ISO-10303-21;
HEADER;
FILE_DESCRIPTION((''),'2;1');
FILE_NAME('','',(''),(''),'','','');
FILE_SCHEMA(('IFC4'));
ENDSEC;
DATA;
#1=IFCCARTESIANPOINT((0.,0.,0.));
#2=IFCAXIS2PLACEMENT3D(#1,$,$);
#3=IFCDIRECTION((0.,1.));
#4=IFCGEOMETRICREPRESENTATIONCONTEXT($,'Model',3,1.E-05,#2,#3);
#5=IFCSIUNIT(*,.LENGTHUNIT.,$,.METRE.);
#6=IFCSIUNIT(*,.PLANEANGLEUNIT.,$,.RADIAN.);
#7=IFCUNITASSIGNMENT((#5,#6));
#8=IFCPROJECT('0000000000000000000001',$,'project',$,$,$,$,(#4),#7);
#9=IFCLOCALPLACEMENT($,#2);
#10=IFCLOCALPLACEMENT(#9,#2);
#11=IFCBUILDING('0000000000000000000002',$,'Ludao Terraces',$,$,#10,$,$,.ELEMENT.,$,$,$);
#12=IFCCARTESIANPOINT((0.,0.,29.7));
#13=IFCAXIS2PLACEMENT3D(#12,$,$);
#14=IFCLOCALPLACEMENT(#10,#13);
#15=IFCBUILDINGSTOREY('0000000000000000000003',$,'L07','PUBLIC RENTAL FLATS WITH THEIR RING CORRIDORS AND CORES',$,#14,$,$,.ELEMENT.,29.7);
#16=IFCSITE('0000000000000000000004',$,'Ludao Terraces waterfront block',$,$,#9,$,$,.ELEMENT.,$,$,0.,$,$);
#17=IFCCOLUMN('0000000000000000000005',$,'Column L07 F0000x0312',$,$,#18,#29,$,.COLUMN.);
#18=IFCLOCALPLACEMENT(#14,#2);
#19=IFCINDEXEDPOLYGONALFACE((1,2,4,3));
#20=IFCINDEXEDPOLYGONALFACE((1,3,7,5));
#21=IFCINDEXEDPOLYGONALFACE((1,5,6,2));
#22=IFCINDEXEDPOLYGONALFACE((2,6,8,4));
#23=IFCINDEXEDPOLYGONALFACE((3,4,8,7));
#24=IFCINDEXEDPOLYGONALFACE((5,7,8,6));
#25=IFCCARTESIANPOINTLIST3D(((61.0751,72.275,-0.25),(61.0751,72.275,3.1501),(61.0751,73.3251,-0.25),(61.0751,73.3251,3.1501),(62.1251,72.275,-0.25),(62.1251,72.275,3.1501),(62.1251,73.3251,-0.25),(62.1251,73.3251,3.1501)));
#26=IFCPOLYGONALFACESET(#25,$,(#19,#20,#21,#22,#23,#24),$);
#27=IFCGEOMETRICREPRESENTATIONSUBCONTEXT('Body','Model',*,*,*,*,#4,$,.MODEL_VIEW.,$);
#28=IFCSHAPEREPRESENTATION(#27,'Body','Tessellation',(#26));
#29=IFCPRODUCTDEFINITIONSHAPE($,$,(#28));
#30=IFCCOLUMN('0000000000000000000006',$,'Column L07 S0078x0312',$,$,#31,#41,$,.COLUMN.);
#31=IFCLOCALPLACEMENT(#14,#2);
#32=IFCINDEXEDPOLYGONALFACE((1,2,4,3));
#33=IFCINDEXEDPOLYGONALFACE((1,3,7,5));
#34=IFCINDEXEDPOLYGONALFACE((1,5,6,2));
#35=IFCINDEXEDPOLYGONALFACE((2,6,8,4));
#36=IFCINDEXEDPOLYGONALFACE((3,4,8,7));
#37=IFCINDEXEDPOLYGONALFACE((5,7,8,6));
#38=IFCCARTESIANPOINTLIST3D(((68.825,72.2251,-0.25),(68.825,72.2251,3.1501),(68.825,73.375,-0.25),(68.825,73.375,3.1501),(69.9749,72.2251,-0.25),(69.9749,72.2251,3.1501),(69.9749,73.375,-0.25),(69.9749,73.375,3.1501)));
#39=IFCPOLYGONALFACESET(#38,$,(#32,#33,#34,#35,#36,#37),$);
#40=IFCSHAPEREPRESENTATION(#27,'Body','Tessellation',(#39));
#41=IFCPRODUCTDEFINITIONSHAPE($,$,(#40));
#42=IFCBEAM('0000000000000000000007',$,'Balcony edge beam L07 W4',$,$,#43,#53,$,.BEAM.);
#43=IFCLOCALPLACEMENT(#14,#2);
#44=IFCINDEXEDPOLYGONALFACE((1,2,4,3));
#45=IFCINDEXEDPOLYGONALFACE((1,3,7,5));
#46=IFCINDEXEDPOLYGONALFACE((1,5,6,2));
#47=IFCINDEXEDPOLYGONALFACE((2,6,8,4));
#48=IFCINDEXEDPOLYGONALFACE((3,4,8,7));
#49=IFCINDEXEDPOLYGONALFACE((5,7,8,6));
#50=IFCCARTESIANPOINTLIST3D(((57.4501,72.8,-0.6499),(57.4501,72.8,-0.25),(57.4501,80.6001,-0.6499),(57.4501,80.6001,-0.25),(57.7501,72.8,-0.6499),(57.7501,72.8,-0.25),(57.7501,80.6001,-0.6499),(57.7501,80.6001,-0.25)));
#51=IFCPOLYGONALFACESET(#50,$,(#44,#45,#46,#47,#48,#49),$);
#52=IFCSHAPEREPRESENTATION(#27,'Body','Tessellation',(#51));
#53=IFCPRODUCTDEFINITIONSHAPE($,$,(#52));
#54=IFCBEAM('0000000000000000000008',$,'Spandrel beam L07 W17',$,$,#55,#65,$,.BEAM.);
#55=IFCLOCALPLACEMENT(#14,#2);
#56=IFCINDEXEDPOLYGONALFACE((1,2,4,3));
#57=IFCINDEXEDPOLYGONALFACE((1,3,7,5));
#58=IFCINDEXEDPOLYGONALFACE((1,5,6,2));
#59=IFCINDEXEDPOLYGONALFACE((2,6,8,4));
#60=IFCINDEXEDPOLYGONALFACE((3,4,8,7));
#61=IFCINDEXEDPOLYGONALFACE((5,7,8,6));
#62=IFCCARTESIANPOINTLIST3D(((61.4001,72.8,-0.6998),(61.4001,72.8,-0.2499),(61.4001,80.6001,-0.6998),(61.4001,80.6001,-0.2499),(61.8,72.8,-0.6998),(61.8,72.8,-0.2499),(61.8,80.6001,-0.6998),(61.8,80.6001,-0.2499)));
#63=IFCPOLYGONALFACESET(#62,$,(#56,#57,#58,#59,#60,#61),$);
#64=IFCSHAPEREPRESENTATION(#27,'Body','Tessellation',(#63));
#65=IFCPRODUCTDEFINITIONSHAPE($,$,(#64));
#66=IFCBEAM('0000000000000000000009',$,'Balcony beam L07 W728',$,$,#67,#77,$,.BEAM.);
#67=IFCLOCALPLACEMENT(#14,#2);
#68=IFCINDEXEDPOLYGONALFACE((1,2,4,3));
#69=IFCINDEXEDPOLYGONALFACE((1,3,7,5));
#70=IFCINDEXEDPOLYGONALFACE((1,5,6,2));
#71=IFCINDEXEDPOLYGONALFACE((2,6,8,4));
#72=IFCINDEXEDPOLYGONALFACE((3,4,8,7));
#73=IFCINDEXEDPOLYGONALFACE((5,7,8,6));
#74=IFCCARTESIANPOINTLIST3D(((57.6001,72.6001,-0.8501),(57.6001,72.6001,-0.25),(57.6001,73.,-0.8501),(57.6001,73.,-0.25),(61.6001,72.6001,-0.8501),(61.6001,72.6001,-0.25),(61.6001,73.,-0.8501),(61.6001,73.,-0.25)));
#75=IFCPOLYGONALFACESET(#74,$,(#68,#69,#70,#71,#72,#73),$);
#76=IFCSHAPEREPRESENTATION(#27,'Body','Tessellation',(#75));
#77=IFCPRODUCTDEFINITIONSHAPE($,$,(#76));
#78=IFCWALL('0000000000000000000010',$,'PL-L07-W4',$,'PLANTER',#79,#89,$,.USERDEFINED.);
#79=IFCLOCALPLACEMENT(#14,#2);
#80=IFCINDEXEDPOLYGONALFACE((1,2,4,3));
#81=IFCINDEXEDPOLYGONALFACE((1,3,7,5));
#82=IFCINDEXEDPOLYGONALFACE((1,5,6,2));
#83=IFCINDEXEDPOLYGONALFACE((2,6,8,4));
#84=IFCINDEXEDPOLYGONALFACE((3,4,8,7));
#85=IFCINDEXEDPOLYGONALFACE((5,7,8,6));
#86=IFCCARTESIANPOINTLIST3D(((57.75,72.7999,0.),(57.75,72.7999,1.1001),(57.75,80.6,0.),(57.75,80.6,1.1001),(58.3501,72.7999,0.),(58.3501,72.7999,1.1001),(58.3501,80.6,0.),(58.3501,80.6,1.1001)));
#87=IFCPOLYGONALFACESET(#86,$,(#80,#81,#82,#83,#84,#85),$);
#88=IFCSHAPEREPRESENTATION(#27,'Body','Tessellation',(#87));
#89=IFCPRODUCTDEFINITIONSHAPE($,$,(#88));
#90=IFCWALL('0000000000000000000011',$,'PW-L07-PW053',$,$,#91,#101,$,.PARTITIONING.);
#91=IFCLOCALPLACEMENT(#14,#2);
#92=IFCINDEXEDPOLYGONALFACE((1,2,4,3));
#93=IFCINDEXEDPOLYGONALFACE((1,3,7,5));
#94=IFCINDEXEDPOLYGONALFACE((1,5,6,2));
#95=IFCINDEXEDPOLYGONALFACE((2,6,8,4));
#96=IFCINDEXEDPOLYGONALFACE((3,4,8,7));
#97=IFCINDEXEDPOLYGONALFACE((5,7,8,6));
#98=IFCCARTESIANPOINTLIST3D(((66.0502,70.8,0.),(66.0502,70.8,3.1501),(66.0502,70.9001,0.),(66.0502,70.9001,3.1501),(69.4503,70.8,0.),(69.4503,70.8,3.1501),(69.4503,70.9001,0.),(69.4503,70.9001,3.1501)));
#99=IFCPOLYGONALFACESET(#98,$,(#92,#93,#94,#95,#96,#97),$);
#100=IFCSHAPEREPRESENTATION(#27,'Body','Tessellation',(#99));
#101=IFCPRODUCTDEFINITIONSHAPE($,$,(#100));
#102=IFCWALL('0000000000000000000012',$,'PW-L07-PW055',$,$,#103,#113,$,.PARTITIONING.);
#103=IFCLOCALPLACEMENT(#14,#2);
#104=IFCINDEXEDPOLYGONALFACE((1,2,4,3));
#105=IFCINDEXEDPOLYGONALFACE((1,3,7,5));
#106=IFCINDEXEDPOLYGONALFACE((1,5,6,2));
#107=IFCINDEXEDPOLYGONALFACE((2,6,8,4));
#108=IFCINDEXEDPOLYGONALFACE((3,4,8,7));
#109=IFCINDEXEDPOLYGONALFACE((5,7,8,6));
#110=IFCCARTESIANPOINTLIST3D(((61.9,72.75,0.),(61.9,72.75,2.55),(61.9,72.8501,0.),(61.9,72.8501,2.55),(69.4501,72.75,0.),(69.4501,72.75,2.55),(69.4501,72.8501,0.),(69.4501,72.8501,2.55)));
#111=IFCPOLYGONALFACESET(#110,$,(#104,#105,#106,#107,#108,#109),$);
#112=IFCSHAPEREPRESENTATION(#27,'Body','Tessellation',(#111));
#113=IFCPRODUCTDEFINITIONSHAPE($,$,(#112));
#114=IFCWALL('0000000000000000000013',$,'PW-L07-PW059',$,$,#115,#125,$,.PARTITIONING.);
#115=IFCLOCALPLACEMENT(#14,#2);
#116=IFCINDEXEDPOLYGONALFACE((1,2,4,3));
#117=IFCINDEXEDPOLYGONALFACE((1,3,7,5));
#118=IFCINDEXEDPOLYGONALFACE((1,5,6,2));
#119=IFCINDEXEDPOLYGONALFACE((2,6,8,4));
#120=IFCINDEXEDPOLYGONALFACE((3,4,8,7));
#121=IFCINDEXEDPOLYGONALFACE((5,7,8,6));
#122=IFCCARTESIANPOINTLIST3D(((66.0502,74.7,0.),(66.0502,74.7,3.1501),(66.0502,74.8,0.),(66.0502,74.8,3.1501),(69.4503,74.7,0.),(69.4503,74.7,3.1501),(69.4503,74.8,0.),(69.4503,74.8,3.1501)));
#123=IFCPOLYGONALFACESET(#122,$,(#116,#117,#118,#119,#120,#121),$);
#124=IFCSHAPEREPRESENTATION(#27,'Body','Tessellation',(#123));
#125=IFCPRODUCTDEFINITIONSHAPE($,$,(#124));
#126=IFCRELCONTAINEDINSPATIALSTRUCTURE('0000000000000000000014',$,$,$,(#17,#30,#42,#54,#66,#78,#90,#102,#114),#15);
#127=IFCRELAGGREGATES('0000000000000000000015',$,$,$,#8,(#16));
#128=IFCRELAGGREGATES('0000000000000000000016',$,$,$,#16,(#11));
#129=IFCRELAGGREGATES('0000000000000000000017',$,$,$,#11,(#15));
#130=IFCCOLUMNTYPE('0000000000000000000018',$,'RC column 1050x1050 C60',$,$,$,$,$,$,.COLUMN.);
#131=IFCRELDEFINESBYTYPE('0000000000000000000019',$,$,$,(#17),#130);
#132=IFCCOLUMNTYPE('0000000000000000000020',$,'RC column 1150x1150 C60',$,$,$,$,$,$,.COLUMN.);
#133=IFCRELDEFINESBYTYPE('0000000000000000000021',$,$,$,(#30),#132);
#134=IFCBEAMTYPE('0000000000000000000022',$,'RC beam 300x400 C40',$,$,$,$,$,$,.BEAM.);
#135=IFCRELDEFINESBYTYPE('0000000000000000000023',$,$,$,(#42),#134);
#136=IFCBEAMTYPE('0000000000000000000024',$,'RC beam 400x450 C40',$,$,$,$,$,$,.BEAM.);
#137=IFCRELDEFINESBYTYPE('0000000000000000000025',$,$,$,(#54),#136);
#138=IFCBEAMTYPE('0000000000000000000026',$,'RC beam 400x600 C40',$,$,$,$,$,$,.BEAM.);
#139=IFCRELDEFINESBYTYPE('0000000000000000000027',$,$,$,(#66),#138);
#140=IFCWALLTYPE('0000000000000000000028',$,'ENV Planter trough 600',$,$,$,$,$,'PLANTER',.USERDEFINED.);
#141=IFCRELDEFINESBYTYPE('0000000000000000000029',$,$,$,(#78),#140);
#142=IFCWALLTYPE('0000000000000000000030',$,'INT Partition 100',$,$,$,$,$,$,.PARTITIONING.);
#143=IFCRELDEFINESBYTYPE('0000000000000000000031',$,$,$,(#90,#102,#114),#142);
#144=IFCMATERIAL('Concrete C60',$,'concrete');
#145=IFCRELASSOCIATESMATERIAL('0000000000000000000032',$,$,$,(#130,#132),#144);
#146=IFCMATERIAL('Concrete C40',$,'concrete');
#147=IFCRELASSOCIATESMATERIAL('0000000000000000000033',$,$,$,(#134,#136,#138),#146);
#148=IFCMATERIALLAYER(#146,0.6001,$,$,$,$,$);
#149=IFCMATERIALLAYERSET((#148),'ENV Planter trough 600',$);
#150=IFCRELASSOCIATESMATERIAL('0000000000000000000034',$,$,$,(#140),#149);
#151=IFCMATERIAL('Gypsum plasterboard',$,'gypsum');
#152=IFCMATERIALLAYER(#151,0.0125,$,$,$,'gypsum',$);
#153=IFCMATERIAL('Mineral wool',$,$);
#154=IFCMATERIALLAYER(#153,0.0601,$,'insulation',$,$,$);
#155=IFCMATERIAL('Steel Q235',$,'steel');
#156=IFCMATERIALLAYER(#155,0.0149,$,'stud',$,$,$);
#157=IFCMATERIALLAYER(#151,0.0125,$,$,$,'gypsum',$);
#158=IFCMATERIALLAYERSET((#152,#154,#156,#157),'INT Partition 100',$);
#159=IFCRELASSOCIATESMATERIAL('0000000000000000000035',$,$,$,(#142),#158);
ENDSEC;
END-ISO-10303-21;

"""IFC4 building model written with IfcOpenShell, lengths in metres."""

from ifc_helpers import new_model, si_unit, direction, frame, frame_2d, origin, origin_2d, place, context, subcontext, project, spatial, rectangle, extrude, material, layer, layer_set, material_profile, profile_set, type_object, element, save


model = new_model("IFC4")

# Units and contexts
model_context = context("Model", 3, precision=1e-05, world=origin(), true_north=direction((0.0, 1.0)))
body_context = subcontext(model_context, "Body", "Model", "MODEL_VIEW")
ifc_project = project(units=[si_unit("LENGTHUNIT", "METRE"), si_unit("PLANEANGLEUNIT", "RADIAN")], contexts=[model_context])

# Site, building, storey
site_placement = place(None, origin())
site = spatial("IfcSite", under=ifc_project, at=site_placement, Name="Ludao Terraces waterfront block", CompositionType="ELEMENT", RefElevation=0.0)
building_placement = place(site_placement, origin())
building = spatial("IfcBuilding", under=site, at=building_placement, Name="Ludao Terraces", CompositionType="ELEMENT")
storey_placement = place(building_placement, frame((0.0, 0.0, 29.7)))
storey = spatial("IfcBuildingStorey", under=building, at=storey_placement, Name="L07", Description="PUBLIC RENTAL FLATS WITH THEIR RING CORRIDORS AND CORES", CompositionType="ELEMENT", Elevation=29.7)

# Columns
ifc_material_1 = material(Name="Concrete C60", Category="concrete")
ifc_material_profile_1 = material_profile(ifc_material_1, rectangle(XDim=1.05, YDim=1.05, at=origin_2d()), Name="1050 X 1050")
ifc_profile_set_1 = profile_set([ifc_material_profile_1], Name="Concrete C60")
column_type_1 = type_object("IfcColumnType", Name="RC column 1050x1050 C60", PredefinedType="COLUMN", material=ifc_profile_set_1)
column_1_placement = place(storey_placement, frame((61.6001, 72.8, -0.25), z_axis=(0.0, 0.0, 1.0), x_axis=(1.0, 0.0, 0.0)))
element("IfcColumn", 1, at=column_1_placement, inside=storey, type_object=column_type_1, Name="Column L07 F0000x0312", PredefinedType="COLUMN", context=body_context, shape_type="SweptSolid", body=[
    extrude(rectangle(XDim=1.05, YDim=1.05, at=origin_2d()), origin(), (0.0, 0.0, 1.0), 3.4001),
])
ifc_material_profile_2 = material_profile(ifc_material_1, rectangle(XDim=1.1499, YDim=1.1499, at=origin_2d()), Name="1150 X 1150")
ifc_profile_set_2 = profile_set([ifc_material_profile_2], Name="Concrete C60")
column_type_2 = type_object("IfcColumnType", Name="RC column 1150x1150 C60", PredefinedType="COLUMN", material=ifc_profile_set_2)
column_2_placement = place(storey_placement, frame((69.3999, 72.8, -0.25), z_axis=(0.0, 0.0, 1.0), x_axis=(1.0, 0.0, 0.0)))
element("IfcColumn", 2, at=column_2_placement, inside=storey, type_object=column_type_2, Name="Column L07 S0078x0312", PredefinedType="COLUMN", context=body_context, shape_type="SweptSolid", body=[
    extrude(rectangle(XDim=1.1499, YDim=1.1499, at=origin_2d()), origin(), (0.0, 0.0, 1.0), 3.4001),
])

# Beams
ifc_material_2 = material(Name="Concrete C40", Category="concrete")
ifc_material_profile_3 = material_profile(ifc_material_2, rectangle(XDim=0.3, YDim=0.3999, at=origin_2d()), Name="300 X 400")
ifc_profile_set_3 = profile_set([ifc_material_profile_3], Name="Concrete C40")
beam_type_1 = type_object("IfcBeamType", Name="RC beam 300x400 C40", PredefinedType="BEAM", material=ifc_profile_set_3)
beam_1_placement = place(storey_placement, frame((57.6001, 72.8, -0.45), z_axis=(0.0, 1.0, 0.0), x_axis=(-1.0, 0.0, 0.0)))
element("IfcBeam", 3, at=beam_1_placement, inside=storey, type_object=beam_type_1, Name="Balcony edge beam L07 W4", PredefinedType="BEAM", context=body_context, shape_type="SweptSolid", body=[
    extrude(rectangle(XDim=0.3, YDim=0.3999, at=origin_2d()), origin(), (0.0, 0.0, 1.0), 7.8),
])
ifc_material_profile_4 = material_profile(ifc_material_2, rectangle(XDim=0.3999, YDim=0.45, at=origin_2d()), Name="400 X 450")
ifc_profile_set_4 = profile_set([ifc_material_profile_4], Name="Concrete C40")
beam_type_2 = type_object("IfcBeamType", Name="RC beam 400x450 C40", PredefinedType="BEAM", material=ifc_profile_set_4)
beam_2_placement = place(storey_placement, frame((61.6001, 72.8, -0.4749), z_axis=(0.0, 1.0, 0.0), x_axis=(-1.0, 0.0, 0.0)))
element("IfcBeam", 4, at=beam_2_placement, inside=storey, type_object=beam_type_2, Name="Spandrel beam L07 W17", PredefinedType="BEAM", context=body_context, shape_type="SweptSolid", body=[
    extrude(rectangle(XDim=0.3999, YDim=0.45, at=origin_2d()), origin(), (0.0, 0.0, 1.0), 7.8),
])
ifc_material_profile_5 = material_profile(ifc_material_2, rectangle(XDim=0.3999, YDim=0.6001, at=origin_2d()), Name="400 X 600")
ifc_profile_set_5 = profile_set([ifc_material_profile_5], Name="Concrete C40")
beam_type_3 = type_object("IfcBeamType", Name="RC beam 400x600 C40", PredefinedType="BEAM", material=ifc_profile_set_5)
beam_3_placement = place(storey_placement, frame((61.6001, 72.8, -0.55), z_axis=(-1.0, 0.0, 0.0), x_axis=(0.0, -1.0, 0.0)))
element("IfcBeam", 5, at=beam_3_placement, inside=storey, type_object=beam_type_3, Name="Balcony beam L07 W728", PredefinedType="BEAM", context=body_context, shape_type="SweptSolid", body=[
    extrude(rectangle(XDim=0.3999, YDim=0.6001, at=origin_2d()), origin(), (0.0, 0.0, 1.0), 4.0),
])

# Wall
ifc_layer_1 = layer(ifc_material_2, 0.6001)
ifc_layer_set_1 = layer_set([ifc_layer_1], Name="ENV Planter trough 600")
wall_type_1 = type_object("IfcWallType", Name="ENV Planter trough 600", ElementType="PLANTER", PredefinedType="USERDEFINED", material=ifc_layer_set_1)
wall_1_placement = place(storey_placement, frame((58.05, 72.8, 0.0), z_axis=(0.0, 0.0, 1.0), x_axis=(0.0, 1.0, 0.0)))
element("IfcWall", 6, at=wall_1_placement, inside=storey, type_object=wall_type_1, Name="PL-L07-W4", ObjectType="PLANTER", PredefinedType="USERDEFINED", context=body_context, shape_type="SweptSolid", body=[
    extrude(rectangle(XDim=7.8, YDim=0.6001, at=frame_2d((3.8999, 0.0))), origin(), (0.0, 0.0, 1.0), 1.1001),
])

# Shared definitions
ifc_material_3 = material(Name="Mineral wool")

# Walls
ifc_material_4 = material(Name="Gypsum plasterboard", Category="gypsum")
ifc_layer_2 = layer(ifc_material_4, 0.0125, Category="gypsum")
ifc_layer_3 = layer(ifc_material_3, 0.0601, Name="insulation")
ifc_material_5 = material(Name="Steel Q235", Category="steel")
ifc_layer_4 = layer(ifc_material_5, 0.0149, Name="stud")
ifc_layer_5 = layer(ifc_material_4, 0.0125, Category="gypsum")
ifc_layer_set_2 = layer_set([ifc_layer_2, ifc_layer_3, ifc_layer_4, ifc_layer_5], Name="INT Partition 100")
wall_type_2 = type_object("IfcWallType", Name="INT Partition 100", PredefinedType="PARTITIONING", material=ifc_layer_set_2)
wall_2_placement = place(storey_placement, frame((66.05, 70.8501, 0.0), z_axis=(0.0, 0.0, 1.0), x_axis=(1.0, 0.0, 0.0)))
element("IfcWall", 7, at=wall_2_placement, inside=storey, type_object=wall_type_2, Name="PW-L07-PW053", PredefinedType="PARTITIONING", context=body_context, shape_type="SweptSolid", body=[
    extrude(rectangle(XDim=3.4001, YDim=0.1001, at=frame_2d((1.7002, 0.0))), origin(), (0.0, 0.0, 1.0), 3.1501),
])
wall_3_placement = place(storey_placement, frame((61.9001, 72.8, 0.0), z_axis=(0.0, 0.0, 1.0), x_axis=(1.0, 0.0, 0.0)))
element("IfcWall", 8, at=wall_3_placement, inside=storey, type_object=wall_type_2, Name="PW-L07-PW055", PredefinedType="PARTITIONING", context=body_context, shape_type="SweptSolid", body=[
    extrude(rectangle(XDim=7.55, YDim=0.1001, at=frame_2d((3.7749, 0.0))), origin(), (0.0, 0.0, 1.0), 2.55),
])
wall_4_placement = place(storey_placement, frame((66.05, 74.75, 0.0), z_axis=(0.0, 0.0, 1.0), x_axis=(1.0, 0.0, 0.0)))
element("IfcWall", 9, at=wall_4_placement, inside=storey, type_object=wall_type_2, Name="PW-L07-PW059", PredefinedType="PARTITIONING", context=body_context, shape_type="SweptSolid", body=[
    extrude(rectangle(XDim=3.4001, YDim=0.1001, at=frame_2d((1.7002, 0.0))), origin(), (0.0, 0.0, 1.0), 3.1501),
])

save(model, "model.ifc")
